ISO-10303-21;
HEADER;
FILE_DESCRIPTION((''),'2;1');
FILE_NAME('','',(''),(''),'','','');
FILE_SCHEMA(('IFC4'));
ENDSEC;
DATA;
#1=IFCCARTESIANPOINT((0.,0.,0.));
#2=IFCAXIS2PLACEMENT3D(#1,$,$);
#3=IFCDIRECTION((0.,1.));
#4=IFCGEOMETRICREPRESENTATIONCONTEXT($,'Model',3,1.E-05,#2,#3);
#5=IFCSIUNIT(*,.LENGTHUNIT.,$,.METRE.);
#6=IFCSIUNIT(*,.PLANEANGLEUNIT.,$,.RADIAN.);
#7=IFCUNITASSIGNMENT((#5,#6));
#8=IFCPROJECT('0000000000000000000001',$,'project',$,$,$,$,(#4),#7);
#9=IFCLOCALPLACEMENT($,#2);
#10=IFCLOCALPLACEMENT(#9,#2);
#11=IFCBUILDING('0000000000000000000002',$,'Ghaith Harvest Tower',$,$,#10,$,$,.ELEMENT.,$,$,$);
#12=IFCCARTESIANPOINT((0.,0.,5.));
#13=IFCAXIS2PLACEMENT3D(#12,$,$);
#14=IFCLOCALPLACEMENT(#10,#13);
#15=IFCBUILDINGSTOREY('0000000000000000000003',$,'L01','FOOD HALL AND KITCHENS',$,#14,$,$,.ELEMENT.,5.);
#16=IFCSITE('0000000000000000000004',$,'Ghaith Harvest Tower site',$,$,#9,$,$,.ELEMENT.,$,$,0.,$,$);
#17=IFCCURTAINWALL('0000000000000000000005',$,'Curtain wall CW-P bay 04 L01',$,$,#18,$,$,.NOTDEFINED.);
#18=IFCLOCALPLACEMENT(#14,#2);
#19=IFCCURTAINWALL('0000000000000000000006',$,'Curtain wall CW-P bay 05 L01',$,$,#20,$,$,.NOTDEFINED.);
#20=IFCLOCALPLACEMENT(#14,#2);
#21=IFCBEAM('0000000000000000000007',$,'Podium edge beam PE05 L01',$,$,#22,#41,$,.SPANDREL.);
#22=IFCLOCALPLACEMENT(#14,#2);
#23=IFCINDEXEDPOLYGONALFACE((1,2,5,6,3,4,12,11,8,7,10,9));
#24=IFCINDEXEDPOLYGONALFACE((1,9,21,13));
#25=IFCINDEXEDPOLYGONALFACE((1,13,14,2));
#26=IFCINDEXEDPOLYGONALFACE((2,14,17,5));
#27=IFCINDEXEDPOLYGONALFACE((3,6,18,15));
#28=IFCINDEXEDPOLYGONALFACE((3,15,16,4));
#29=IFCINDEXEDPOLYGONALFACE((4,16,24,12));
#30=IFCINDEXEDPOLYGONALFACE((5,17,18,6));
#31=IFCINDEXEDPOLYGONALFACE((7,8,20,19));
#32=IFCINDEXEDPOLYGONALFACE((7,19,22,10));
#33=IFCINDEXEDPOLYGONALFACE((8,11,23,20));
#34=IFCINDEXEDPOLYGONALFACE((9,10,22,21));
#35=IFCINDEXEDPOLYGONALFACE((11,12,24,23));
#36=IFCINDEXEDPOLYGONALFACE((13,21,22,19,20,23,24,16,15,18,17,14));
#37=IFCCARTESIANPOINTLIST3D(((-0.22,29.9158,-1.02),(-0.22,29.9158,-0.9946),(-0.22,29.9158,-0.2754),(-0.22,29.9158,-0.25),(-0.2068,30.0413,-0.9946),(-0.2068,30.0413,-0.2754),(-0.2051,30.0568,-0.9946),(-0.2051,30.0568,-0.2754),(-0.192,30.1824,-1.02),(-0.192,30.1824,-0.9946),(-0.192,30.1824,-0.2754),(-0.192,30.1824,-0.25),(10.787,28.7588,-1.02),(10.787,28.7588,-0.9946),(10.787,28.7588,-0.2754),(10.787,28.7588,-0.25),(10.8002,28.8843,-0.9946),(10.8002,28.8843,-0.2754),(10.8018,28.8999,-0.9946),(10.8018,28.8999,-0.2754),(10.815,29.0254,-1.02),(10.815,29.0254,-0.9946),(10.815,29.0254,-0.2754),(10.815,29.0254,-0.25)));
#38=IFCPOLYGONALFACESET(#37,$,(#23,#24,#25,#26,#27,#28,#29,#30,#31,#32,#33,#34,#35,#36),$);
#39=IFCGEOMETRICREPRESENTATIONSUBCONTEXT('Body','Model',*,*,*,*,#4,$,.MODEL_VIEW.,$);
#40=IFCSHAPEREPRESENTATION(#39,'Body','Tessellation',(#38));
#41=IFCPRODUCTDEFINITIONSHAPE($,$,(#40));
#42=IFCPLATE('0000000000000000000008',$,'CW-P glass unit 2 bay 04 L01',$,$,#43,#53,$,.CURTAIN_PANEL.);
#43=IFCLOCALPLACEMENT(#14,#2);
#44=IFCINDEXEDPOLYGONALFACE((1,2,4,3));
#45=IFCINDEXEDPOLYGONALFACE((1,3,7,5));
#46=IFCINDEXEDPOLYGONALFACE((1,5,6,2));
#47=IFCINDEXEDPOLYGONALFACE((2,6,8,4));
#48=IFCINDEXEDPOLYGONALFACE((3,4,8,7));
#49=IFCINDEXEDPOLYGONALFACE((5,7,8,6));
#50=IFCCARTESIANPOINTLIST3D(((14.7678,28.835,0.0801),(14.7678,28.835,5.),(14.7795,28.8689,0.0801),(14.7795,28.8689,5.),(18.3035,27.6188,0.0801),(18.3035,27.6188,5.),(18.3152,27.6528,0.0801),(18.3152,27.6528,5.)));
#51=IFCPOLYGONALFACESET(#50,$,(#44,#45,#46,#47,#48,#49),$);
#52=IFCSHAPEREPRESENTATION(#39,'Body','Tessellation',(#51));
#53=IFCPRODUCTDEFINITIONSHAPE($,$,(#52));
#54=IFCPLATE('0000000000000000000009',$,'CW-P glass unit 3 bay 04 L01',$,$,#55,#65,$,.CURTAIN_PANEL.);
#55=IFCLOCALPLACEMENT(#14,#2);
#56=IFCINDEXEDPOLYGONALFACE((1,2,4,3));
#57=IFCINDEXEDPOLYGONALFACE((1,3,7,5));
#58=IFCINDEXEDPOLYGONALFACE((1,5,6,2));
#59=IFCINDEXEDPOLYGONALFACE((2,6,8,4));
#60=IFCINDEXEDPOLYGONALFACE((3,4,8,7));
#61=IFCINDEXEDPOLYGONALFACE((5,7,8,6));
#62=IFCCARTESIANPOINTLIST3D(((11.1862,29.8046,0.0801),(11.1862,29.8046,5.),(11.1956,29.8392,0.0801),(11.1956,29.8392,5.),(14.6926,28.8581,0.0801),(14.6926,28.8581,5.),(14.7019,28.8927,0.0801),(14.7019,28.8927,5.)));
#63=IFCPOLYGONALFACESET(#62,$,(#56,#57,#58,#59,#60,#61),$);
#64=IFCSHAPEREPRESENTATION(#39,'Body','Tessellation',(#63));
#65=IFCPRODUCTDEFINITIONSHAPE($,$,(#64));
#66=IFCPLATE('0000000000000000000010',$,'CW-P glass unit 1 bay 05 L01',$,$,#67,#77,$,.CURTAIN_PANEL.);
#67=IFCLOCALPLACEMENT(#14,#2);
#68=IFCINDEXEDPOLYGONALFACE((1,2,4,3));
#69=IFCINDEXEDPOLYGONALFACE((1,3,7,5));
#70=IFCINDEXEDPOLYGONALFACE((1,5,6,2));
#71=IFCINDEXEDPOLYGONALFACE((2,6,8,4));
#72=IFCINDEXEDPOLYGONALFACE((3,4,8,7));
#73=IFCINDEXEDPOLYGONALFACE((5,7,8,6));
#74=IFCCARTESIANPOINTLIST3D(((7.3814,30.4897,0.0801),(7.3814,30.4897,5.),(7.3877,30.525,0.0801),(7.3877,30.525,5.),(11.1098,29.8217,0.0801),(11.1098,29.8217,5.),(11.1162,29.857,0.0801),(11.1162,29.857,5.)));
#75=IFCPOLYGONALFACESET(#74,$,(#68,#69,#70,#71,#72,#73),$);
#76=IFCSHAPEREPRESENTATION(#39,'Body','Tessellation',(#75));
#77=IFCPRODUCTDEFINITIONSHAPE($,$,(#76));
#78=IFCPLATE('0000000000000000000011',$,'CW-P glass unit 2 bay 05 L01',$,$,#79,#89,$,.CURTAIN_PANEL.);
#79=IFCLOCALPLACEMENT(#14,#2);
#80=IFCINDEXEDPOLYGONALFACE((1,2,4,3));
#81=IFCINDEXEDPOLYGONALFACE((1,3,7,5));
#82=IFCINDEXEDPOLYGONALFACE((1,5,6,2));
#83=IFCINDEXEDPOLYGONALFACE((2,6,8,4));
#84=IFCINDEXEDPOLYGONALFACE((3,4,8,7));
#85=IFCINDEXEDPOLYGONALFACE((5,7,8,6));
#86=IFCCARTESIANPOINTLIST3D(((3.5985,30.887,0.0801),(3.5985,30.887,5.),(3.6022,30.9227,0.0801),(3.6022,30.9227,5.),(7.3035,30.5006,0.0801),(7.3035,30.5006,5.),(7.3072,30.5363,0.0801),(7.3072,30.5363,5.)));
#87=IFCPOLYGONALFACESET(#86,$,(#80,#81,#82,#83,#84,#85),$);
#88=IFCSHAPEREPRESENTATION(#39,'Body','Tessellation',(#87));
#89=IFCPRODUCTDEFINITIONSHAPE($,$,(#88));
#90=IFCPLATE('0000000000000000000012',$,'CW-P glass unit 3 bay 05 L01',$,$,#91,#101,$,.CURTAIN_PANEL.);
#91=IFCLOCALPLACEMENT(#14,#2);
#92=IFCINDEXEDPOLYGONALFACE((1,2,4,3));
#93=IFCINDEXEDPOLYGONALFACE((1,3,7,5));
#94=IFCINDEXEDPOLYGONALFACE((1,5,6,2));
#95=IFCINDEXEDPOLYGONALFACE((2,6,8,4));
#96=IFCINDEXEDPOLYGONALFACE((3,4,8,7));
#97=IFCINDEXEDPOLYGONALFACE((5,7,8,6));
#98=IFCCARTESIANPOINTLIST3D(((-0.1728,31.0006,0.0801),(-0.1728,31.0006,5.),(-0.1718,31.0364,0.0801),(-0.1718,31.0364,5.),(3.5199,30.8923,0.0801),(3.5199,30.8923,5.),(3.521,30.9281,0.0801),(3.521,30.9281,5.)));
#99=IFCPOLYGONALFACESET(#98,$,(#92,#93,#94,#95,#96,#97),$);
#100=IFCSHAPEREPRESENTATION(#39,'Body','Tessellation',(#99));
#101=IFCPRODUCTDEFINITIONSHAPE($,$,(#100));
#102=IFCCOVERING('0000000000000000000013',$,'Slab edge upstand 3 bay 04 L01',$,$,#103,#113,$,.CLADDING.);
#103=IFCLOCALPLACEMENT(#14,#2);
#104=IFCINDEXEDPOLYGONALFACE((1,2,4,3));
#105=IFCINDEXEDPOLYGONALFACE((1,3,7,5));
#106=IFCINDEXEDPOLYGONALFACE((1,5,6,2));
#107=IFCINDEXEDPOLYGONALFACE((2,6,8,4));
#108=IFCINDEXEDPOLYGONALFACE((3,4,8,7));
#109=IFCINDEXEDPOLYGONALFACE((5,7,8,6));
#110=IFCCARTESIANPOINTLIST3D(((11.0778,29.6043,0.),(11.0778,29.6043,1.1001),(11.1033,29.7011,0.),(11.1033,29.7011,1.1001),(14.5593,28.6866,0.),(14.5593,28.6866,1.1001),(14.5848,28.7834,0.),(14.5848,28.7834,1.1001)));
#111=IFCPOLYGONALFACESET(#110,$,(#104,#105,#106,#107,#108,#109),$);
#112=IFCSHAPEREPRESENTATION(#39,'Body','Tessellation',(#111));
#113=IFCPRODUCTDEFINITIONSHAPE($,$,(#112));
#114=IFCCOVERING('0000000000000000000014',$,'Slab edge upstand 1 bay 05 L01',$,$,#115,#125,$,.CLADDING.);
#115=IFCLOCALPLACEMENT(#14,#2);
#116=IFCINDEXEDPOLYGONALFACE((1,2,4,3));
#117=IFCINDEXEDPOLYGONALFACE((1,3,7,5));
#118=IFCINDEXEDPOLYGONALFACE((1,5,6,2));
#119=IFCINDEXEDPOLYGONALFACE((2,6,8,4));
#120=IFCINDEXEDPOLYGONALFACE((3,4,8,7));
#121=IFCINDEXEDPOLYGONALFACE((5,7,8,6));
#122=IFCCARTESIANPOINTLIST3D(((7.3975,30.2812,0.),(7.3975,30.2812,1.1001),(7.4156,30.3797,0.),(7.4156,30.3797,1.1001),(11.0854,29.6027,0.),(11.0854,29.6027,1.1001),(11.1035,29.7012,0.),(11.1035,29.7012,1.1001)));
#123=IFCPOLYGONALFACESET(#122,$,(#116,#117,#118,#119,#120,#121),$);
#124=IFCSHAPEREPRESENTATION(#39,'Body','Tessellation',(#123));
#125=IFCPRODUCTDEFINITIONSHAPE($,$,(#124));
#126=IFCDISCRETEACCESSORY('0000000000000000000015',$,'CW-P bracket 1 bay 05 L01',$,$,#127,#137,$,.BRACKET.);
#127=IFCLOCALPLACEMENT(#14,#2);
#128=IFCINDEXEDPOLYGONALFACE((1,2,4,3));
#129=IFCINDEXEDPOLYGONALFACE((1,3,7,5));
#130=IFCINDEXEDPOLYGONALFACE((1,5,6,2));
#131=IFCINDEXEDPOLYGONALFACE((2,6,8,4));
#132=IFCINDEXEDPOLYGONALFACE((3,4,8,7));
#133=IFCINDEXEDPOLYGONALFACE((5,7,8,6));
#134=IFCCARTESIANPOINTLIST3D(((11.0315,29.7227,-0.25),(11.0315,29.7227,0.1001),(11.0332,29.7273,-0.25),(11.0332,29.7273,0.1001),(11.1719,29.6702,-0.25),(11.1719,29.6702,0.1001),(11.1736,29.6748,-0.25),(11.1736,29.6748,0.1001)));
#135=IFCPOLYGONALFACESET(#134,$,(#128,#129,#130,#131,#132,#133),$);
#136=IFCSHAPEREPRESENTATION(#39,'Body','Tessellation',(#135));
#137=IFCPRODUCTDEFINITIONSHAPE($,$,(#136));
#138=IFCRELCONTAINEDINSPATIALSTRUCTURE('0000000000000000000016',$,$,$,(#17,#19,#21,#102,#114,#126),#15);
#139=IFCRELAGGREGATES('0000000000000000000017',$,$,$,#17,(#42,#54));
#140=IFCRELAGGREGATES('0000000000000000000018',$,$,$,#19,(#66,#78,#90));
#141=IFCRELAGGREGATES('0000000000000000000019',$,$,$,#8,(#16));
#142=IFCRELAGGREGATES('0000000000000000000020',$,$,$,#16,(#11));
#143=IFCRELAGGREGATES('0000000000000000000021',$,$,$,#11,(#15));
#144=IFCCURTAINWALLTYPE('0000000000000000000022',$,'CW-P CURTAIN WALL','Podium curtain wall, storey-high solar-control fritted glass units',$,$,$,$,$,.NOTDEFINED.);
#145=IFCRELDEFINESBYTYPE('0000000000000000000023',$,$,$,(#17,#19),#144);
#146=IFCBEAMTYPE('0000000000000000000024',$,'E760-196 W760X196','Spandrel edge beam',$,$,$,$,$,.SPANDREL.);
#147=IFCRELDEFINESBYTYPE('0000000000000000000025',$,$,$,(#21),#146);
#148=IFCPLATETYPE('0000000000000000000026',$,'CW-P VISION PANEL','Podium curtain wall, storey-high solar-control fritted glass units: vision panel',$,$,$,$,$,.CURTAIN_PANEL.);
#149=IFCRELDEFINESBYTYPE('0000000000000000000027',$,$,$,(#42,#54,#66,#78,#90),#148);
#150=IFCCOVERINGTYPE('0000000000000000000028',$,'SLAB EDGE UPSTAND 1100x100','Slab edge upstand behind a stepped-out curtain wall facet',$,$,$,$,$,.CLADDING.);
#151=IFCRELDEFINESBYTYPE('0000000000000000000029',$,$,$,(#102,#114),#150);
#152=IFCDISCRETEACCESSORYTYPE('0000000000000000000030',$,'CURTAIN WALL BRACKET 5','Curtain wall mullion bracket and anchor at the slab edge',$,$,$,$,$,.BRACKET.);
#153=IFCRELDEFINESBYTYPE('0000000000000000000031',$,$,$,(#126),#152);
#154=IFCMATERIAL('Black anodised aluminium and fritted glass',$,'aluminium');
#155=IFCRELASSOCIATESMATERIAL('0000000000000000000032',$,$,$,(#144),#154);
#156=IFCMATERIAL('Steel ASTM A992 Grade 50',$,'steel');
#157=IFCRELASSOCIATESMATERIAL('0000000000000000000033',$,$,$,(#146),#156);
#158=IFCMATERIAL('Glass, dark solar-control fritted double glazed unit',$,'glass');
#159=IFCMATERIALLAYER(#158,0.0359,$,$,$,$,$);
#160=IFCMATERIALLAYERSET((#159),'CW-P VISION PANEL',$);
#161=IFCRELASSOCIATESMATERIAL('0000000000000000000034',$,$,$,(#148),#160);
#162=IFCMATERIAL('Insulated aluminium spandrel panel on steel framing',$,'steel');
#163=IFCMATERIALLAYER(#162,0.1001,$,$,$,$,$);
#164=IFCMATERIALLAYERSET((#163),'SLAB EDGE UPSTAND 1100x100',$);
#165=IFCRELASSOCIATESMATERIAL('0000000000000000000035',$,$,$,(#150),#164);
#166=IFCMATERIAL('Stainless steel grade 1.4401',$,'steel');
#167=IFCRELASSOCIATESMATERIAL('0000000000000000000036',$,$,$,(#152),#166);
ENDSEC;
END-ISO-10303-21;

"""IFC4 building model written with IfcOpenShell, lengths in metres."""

from ifc_helpers import new_model, si_unit, direction, frame, origin, origin_2d, place, context, subcontext, project, spatial, rectangle, i_section, extrude, material, layer, layer_set, material_profile, profile_set, type_object, element, aggregate, save


model = new_model("IFC4")

# Units and contexts
model_context = context("Model", 3, precision=1e-05, world=origin(), true_north=direction((0.0, 1.0)))
body_context = subcontext(model_context, "Body", "Model", "MODEL_VIEW")
ifc_project = project(units=[si_unit("LENGTHUNIT", "METRE"), si_unit("PLANEANGLEUNIT", "RADIAN")], contexts=[model_context])

# Site, building, storey
site_placement = place(None, origin())
site = spatial("IfcSite", under=ifc_project, at=site_placement, Name="Ghaith Harvest Tower site", CompositionType="ELEMENT", RefElevation=0.0)
building_placement = place(site_placement, origin())
building = spatial("IfcBuilding", under=site, at=building_placement, Name="Ghaith Harvest Tower", CompositionType="ELEMENT")
storey_placement = place(building_placement, frame((0.0, 0.0, 5.0)))
storey = spatial("IfcBuildingStorey", under=building, at=storey_placement, Name="L01", Description="FOOD HALL AND KITCHENS", CompositionType="ELEMENT", Elevation=5.0)

# Curtain walls
ifc_material_1 = material(Name="Black anodised aluminium and fritted glass", Category="aluminium")
curtain_wall_type = type_object("IfcCurtainWallType", Name="CW-P CURTAIN WALL", Description="Podium curtain wall, storey-high solar-control fritted glass units", PredefinedType="NOTDEFINED", material=ifc_material_1)
curtain_wall_1_placement = place(storey_placement, origin())
curtain_wall_1 = element("IfcCurtainWall", 1, at=curtain_wall_1_placement, inside=storey, type_object=curtain_wall_type, Name="Curtain wall CW-P bay 04 L01", PredefinedType="NOTDEFINED")
curtain_wall_2_placement = place(storey_placement, origin())
curtain_wall_2 = element("IfcCurtainWall", 2, at=curtain_wall_2_placement, inside=storey, type_object=curtain_wall_type, Name="Curtain wall CW-P bay 05 L01", PredefinedType="NOTDEFINED")

# Beam
ifc_material_2 = material(Name="Steel ASTM A992 Grade 50", Category="steel")
ifc_material_profile_1 = material_profile(ifc_material_2, i_section(OverallWidth=0.2681, OverallDepth=0.77, WebThickness=0.0156, FlangeThickness=0.0254, at=origin_2d()), Name="W760X196")
ifc_profile_set_1 = profile_set([ifc_material_profile_1], Name="Steel ASTM A992 Grade 50")
beam_type = type_object("IfcBeamType", Name="E760-196 W760X196", Description="Spandrel edge beam", PredefinedType="SPANDREL", material=ifc_profile_set_1)
beam_placement = place(storey_placement, frame((10.801, 28.8921, -0.635), z_axis=(-0.994521, 0.104537, 0.0), x_axis=(-0.104537, -0.994521, 0.0)))
element("IfcBeam", 3, at=beam_placement, inside=storey, type_object=beam_type, Name="Podium edge beam PE05 L01", PredefinedType="SPANDREL", context=body_context, shape_type="SweptSolid", body=[
    extrude(i_section(OverallWidth=0.2681, OverallDepth=0.77, WebThickness=0.0156, FlangeThickness=0.0254, at=origin_2d()), origin(), (0.0, 0.0, 1.0), 11.0676),
])

# Plates
ifc_material_3 = material(Name="Glass, dark solar-control fritted double glazed unit", Category="glass")
ifc_layer_1 = layer(ifc_material_3, 0.0359)
ifc_layer_set_1 = layer_set([ifc_layer_1], Name="CW-P VISION PANEL")
plate_type = type_object("IfcPlateType", Name="CW-P VISION PANEL", Description="Podium curtain wall, storey-high solar-control fritted glass units: vision panel", PredefinedType="CURTAIN_PANEL", material=ifc_layer_set_1)
plate_1_placement = place(storey_placement, frame((16.5415, 28.2439, 0.0801), z_axis=(0.0, 0.0, 1.0), x_axis=(-0.945624, 0.325262, 0.0)))
plate_1 = element("IfcPlate", 4, at=plate_1_placement, type_object=plate_type, Name="CW-P glass unit 2 bay 04 L01", PredefinedType="CURTAIN_PANEL", context=body_context, shape_type="SweptSolid", body=[
    extrude(rectangle(XDim=3.739, YDim=0.0359, at=origin_2d()), origin(), (0.0, 0.0, 1.0), 4.9199),
])
plate_2_placement = place(storey_placement, frame((12.9441, 29.3486, 0.0801), z_axis=(0.0, 0.0, 1.0), x_axis=(-0.965445, 0.260608, 0.0)))
plate_2 = element("IfcPlate", 5, at=plate_2_placement, type_object=plate_type, Name="CW-P glass unit 3 bay 04 L01", PredefinedType="CURTAIN_PANEL", context=body_context, shape_type="SweptSolid", body=[
    extrude(rectangle(XDim=3.6318, YDim=0.0359, at=origin_2d()), origin(), (0.0, 0.0, 1.0), 4.9199),
])
aggregate(curtain_wall_1, [plate_1, plate_2])
plate_3_placement = place(storey_placement, frame((9.2488, 30.1733, 0.0801), z_axis=(0.0, 0.0, 1.0), x_axis=(-0.984325, 0.176367, 0.0)))
plate_3 = element("IfcPlate", 6, at=plate_3_placement, type_object=plate_type, Name="CW-P glass unit 1 bay 05 L01", PredefinedType="CURTAIN_PANEL", context=body_context, shape_type="SweptSolid", body=[
    extrude(rectangle(XDim=3.7878, YDim=0.0359, at=origin_2d()), origin(), (0.0, 0.0, 1.0), 4.9199),
])
plate_4_placement = place(storey_placement, frame((5.4529, 30.7117, 0.0801), z_axis=(0.0, 0.0, 1.0), x_axis=(-0.994607, 0.103719, 0.0)))
plate_4 = element("IfcPlate", 7, at=plate_4_placement, type_object=plate_type, Name="CW-P glass unit 2 bay 05 L01", PredefinedType="CURTAIN_PANEL", context=body_context, shape_type="SweptSolid", body=[
    extrude(rectangle(XDim=3.7251, YDim=0.0359, at=origin_2d()), origin(), (0.0, 0.0, 1.0), 4.9199),
])
plate_5_placement = place(storey_placement, frame((1.6741, 30.9644, 0.0801), z_axis=(0.0, 0.0, 1.0), x_axis=(-0.99957, 0.029318, 0.0)))
plate_5 = element("IfcPlate", 8, at=plate_5_placement, type_object=plate_type, Name="CW-P glass unit 3 bay 05 L01", PredefinedType="CURTAIN_PANEL", context=body_context, shape_type="SweptSolid", body=[
    extrude(rectangle(XDim=3.6943, YDim=0.0359, at=origin_2d()), origin(), (0.0, 0.0, 1.0), 4.9199),
])
aggregate(curtain_wall_2, [plate_3, plate_4, plate_5])

# Coverings
ifc_material_4 = material(Name="Insulated aluminium spandrel panel on steel framing", Category="steel")
ifc_layer_2 = layer(ifc_material_4, 0.1001)
ifc_layer_set_2 = layer_set([ifc_layer_2], Name="SLAB EDGE UPSTAND 1100x100")
covering_type = type_object("IfcCoveringType", Name="SLAB EDGE UPSTAND 1100x100", Description="Slab edge upstand behind a stepped-out curtain wall facet", PredefinedType="CLADDING", material=ifc_layer_set_2)
covering_1_placement = place(storey_placement, frame((12.8313, 29.1938, 0.0), z_axis=(0.0, 0.0, 1.0), x_axis=(-0.966975, 0.25487, 0.0)))
element("IfcCovering", 9, at=covering_1_placement, inside=storey, type_object=covering_type, Name="Slab edge upstand 3 bay 04 L01", PredefinedType="CLADDING", context=body_context, shape_type="SweptSolid", body=[
    extrude(rectangle(XDim=3.6003, YDim=0.1001, at=origin_2d()), origin(), (0.0, 0.0, 1.0), 1.1001),
])
covering_2_placement = place(storey_placement, frame((9.2505, 29.9912, 0.0), z_axis=(0.0, 0.0, 1.0), x_axis=(-0.983492, 0.18095, 0.0)))
element("IfcCovering", 10, at=covering_2_placement, inside=storey, type_object=covering_type, Name="Slab edge upstand 1 bay 05 L01", PredefinedType="CLADDING", context=body_context, shape_type="SweptSolid", body=[
    extrude(rectangle(XDim=3.7498, YDim=0.1001, at=origin_2d()), origin(), (0.0, 0.0, 1.0), 1.1001),
])

# Discrete accessory
ifc_material_5 = material(Name="Stainless steel grade 1.4401", Category="steel")
discrete_accessory_type = type_object("IfcDiscreteAccessoryType", Name="CURTAIN WALL BRACKET 5", Description="Curtain wall mullion bracket and anchor at the slab edge", PredefinedType="BRACKET", material=ifc_material_5)
discrete_accessory_placement = place(storey_placement, frame((11.1025, 29.6987, -0.25), z_axis=(0.0, 0.0, 1.0), x_axis=(0.350168, 0.936687, 0.0)))
element("IfcDiscreteAccessory", 11, at=discrete_accessory_placement, inside=storey, type_object=discrete_accessory_type, Name="CW-P bracket 1 bay 05 L01", PredefinedType="BRACKET", context=body_context, shape_type="SweptSolid", body=[
    extrude(rectangle(XDim=0.0049, YDim=0.1499, at=origin_2d()), origin(), (0.0, 0.0, 1.0), 0.3501),
])

save(model, "model.ifc")
